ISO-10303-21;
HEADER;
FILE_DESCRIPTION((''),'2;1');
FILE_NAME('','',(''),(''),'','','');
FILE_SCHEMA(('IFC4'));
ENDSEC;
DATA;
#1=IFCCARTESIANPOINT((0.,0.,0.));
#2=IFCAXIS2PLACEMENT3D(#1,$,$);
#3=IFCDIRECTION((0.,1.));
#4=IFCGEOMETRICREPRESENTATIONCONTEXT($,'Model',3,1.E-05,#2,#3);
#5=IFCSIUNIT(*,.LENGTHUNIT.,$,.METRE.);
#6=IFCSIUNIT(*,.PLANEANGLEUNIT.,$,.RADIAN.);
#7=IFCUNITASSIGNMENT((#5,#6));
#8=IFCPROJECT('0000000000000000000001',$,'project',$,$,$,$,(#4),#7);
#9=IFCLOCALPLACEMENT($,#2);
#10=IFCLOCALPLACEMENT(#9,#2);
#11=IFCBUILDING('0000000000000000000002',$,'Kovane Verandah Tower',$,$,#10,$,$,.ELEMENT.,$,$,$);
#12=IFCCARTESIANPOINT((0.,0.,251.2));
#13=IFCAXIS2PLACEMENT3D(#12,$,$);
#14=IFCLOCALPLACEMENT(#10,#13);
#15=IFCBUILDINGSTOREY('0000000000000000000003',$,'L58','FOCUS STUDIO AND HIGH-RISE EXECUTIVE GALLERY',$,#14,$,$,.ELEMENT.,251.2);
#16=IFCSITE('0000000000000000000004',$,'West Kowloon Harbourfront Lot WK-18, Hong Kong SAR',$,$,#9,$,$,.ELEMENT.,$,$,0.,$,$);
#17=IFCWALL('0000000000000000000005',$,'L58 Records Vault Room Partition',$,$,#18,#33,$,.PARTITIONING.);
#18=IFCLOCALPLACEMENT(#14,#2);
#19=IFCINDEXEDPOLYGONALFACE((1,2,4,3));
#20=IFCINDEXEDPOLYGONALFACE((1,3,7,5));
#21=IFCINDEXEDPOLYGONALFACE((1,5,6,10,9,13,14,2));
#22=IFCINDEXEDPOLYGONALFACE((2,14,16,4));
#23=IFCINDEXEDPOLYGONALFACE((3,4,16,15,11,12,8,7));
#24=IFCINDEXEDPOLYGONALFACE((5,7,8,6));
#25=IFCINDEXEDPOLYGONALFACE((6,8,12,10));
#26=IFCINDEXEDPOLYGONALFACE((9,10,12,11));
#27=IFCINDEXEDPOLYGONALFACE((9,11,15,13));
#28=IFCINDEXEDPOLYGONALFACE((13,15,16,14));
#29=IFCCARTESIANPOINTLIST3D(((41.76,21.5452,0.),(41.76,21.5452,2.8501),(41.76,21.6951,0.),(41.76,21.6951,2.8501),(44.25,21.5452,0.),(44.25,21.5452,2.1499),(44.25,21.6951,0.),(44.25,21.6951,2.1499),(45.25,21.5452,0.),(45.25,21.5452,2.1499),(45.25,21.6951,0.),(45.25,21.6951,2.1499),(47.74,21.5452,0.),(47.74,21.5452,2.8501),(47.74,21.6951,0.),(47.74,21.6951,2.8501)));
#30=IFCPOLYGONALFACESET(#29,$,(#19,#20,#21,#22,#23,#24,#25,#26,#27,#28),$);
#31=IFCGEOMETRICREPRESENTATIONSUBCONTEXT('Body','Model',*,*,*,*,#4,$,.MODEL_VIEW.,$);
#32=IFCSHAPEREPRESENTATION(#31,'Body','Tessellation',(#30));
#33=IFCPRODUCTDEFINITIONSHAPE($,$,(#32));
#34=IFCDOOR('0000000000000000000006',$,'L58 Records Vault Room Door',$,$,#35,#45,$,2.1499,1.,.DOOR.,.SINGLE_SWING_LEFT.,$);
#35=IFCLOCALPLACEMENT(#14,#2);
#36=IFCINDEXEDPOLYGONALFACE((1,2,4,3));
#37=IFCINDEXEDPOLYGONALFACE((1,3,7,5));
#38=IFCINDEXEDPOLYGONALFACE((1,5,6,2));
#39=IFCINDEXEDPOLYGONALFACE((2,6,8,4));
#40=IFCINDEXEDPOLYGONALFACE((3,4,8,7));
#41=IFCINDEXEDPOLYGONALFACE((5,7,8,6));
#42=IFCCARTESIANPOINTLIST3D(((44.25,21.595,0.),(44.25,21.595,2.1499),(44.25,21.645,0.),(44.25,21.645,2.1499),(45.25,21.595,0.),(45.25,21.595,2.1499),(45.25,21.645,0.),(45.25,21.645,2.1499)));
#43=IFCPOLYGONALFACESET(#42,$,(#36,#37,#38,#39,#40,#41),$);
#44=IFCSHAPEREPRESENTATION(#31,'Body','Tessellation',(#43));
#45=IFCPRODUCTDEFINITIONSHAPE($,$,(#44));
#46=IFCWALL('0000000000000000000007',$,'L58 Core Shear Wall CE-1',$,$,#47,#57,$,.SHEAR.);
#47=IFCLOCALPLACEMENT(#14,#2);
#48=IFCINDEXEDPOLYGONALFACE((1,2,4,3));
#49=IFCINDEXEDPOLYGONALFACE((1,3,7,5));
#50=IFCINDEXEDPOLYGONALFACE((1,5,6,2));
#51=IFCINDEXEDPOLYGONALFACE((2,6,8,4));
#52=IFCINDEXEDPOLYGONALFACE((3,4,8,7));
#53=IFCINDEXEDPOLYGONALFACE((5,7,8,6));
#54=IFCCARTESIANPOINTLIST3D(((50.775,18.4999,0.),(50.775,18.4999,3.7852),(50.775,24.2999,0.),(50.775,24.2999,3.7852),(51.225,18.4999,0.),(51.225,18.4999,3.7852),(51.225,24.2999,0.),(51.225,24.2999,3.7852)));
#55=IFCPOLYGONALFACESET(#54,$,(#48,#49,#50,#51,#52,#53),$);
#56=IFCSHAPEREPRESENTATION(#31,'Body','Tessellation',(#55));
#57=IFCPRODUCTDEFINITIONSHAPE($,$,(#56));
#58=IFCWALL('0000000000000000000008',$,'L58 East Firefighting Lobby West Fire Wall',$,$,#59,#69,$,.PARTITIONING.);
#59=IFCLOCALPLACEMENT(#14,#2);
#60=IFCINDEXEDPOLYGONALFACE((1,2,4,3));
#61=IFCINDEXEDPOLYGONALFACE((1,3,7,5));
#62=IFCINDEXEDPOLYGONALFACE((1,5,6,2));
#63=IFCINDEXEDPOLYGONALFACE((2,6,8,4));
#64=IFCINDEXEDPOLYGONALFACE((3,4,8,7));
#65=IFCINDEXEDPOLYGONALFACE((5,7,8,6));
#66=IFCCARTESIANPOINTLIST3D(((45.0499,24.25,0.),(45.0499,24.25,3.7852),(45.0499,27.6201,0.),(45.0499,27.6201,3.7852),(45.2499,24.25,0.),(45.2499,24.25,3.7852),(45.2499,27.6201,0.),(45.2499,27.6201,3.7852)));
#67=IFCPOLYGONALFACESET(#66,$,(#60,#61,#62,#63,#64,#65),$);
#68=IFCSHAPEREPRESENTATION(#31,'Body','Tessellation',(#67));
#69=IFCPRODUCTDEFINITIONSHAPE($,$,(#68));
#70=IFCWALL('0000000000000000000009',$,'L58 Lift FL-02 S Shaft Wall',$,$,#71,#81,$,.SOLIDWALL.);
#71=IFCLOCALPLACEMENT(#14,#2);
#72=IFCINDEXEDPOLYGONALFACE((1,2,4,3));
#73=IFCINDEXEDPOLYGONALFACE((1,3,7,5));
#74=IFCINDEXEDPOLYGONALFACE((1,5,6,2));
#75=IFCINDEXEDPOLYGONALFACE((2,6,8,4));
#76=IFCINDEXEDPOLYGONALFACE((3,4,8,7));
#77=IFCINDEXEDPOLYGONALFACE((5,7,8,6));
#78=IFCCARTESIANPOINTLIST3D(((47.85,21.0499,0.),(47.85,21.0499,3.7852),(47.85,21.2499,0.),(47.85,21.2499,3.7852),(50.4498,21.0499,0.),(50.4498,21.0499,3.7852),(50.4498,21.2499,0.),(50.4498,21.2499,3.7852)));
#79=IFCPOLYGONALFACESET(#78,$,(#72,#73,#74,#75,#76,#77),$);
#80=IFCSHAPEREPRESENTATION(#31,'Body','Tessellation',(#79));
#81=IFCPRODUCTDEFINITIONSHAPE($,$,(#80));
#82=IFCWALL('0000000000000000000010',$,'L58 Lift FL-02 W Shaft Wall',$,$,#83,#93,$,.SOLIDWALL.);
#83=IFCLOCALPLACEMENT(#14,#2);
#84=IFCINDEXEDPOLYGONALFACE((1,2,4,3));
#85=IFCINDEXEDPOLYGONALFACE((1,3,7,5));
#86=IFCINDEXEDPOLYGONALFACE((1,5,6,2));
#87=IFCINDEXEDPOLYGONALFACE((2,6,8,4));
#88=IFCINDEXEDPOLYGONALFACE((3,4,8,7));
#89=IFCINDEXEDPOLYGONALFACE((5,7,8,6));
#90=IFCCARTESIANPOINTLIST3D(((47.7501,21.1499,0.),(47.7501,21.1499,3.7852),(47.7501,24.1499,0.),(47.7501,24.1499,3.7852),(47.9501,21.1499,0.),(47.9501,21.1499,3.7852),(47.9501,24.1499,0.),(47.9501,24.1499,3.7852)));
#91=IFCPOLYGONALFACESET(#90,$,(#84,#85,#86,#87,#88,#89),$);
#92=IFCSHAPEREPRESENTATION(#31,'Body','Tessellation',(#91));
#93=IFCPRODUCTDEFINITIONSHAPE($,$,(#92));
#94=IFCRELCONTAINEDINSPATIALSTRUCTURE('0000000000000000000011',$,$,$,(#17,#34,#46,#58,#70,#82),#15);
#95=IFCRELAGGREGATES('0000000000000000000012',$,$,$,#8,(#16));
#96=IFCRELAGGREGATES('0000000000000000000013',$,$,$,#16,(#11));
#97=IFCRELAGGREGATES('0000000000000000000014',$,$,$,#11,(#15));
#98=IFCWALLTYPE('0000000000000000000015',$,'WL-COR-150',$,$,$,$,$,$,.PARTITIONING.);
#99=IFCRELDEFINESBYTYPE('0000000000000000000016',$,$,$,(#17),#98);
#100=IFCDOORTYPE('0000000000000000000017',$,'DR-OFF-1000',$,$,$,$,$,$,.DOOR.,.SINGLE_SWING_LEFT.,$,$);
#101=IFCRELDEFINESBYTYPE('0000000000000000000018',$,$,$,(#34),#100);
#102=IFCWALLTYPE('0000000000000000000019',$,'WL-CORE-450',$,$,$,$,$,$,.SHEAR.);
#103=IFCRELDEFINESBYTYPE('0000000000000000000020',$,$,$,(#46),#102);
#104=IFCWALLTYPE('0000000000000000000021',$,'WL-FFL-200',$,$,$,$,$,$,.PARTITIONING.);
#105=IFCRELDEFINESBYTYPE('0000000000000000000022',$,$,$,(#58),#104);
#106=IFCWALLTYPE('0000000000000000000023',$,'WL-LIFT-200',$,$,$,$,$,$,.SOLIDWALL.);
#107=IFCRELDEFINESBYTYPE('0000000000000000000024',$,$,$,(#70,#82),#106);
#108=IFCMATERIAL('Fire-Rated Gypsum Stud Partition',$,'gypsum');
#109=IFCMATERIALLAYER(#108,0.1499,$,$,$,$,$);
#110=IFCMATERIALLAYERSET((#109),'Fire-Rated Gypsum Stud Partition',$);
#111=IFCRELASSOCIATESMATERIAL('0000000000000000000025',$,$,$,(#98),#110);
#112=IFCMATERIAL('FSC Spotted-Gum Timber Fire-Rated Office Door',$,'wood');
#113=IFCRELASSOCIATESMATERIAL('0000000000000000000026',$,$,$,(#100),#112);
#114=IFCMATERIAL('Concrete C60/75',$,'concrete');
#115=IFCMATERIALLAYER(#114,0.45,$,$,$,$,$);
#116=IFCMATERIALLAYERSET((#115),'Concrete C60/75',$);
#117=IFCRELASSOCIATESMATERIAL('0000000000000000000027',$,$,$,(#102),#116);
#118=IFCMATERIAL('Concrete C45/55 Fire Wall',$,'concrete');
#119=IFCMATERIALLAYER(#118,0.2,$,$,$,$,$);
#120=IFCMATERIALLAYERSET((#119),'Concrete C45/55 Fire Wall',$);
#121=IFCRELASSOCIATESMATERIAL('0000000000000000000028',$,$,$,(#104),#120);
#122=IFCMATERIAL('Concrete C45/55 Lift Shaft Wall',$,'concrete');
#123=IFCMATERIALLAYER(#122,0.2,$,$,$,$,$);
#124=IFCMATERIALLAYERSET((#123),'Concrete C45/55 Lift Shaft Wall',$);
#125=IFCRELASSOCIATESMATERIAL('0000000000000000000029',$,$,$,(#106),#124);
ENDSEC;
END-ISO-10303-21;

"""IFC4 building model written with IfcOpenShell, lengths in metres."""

from ifc_helpers import new_model, si_unit, direction, frame, frame_2d, origin, place, context, subcontext, project, spatial, rectangle, extrude, material, layer, layer_set, type_object, element, fill, save


model = new_model("IFC4")

# Units and contexts
model_context = context("Model", 3, precision=1e-05, world=origin(), true_north=direction((0.0, 1.0)))
body_context = subcontext(model_context, "Body", "Model", "MODEL_VIEW")
ifc_project = project(units=[si_unit("LENGTHUNIT", "METRE"), si_unit("PLANEANGLEUNIT", "RADIAN")], contexts=[model_context])

# Site, building, storey
site_placement = place(None, origin())
site = spatial("IfcSite", under=ifc_project, at=site_placement, Name="West Kowloon Harbourfront Lot WK-18, Hong Kong SAR", CompositionType="ELEMENT", RefElevation=0.0)
building_placement = place(site_placement, origin())
building = spatial("IfcBuilding", under=site, at=building_placement, Name="Kovane Verandah Tower", CompositionType="ELEMENT")
storey_placement = place(building_placement, frame((0.0, 0.0, 251.2)))
storey = spatial("IfcBuildingStorey", under=building, at=storey_placement, Name="L58", Description="FOCUS STUDIO AND HIGH-RISE EXECUTIVE GALLERY", CompositionType="ELEMENT", Elevation=251.2)

# Shared definitions
ifc_material_1 = material(Name="Concrete C60/75", Category="concrete")

# Shared definitions
ifc_material_2 = material(Name="Fire-Rated Gypsum Stud Partition", Category="gypsum")
ifc_layer_1 = layer(ifc_material_2, 0.1499)
ifc_layer_set_1 = layer_set([ifc_layer_1], Name="Fire-Rated Gypsum Stud Partition")
wall_type_1 = type_object("IfcWallType", Name="WL-COR-150", PredefinedType="PARTITIONING", material=ifc_layer_set_1)

# Wall, opening, door
wall_1_placement = place(storey_placement, frame((41.76, 21.6201, 0.0), z_axis=(0.0, 0.0, 1.0), x_axis=(1.0, 0.0, 0.0)))
wall_1 = element("IfcWall", 1, at=wall_1_placement, inside=storey, type_object=wall_type_1, Name="L58 Records Vault Room Partition", PredefinedType="PARTITIONING", context=body_context, shape_type="SweptSolid", body=[
    extrude(rectangle(XDim=5.98, YDim=0.1499, at=frame_2d((2.99, 0.0))), origin(), (0.0, 0.0, 1.0), 2.8501),
])
opening_1_placement = place(wall_1_placement, frame((2.49, 0.0, 0.0)))
opening_1 = element("IfcOpeningElement", 2, at=opening_1_placement, cuts=wall_1, PredefinedType="OPENING", context=body_context, shape_type="SweptSolid", body=[
    extrude(rectangle(XDim=1.0, YDim=2.1499, at=frame_2d((0.5, 1.075))), frame((0.0, 0.075, 0.0), z_axis=(0.0, -1.0, 0.0), x_axis=(1.0, 0.0, 0.0)), (0.0, 0.0, 1.0), 0.1499),
])
ifc_material_3 = material(Name="FSC Spotted-Gum Timber Fire-Rated Office Door", Category="wood")
door_type_1 = type_object("IfcDoorType", Name="DR-OFF-1000", OperationType="SINGLE_SWING_LEFT", PredefinedType="DOOR", material=ifc_material_3)
door_1_placement = place(opening_1_placement, origin())
door_1 = element("IfcDoor", 3, at=door_1_placement, inside=storey, type_object=door_type_1, Name="L58 Records Vault Room Door", OperationType="SINGLE_SWING_LEFT", OverallHeight=2.1499, OverallWidth=1.0, PredefinedType="DOOR", context=body_context, shape_type="SweptSolid", body=[
    extrude(rectangle(XDim=1.0, YDim=2.1499, at=frame_2d((0.5, 1.075))), frame((0.0, 0.0249, 0.0), z_axis=(0.0, -1.0, 0.0), x_axis=(1.0, 0.0, 0.0)), (0.0, 0.0, 1.0), 0.05),
])
fill(opening_1, door_1)

# Walls
ifc_layer_2 = layer(ifc_material_1, 0.45)
ifc_layer_set_2 = layer_set([ifc_layer_2], Name="Concrete C60/75")
wall_type_2 = type_object("IfcWallType", Name="WL-CORE-450", PredefinedType="SHEAR", material=ifc_layer_set_2)
wall_2_placement = place(storey_placement, frame((51.0, 18.5, 0.0), z_axis=(0.0, 0.0, 1.0), x_axis=(0.0, 1.0, 0.0)))
element("IfcWall", 4, at=wall_2_placement, inside=storey, type_object=wall_type_2, Name="L58 Core Shear Wall CE-1", PredefinedType="SHEAR", context=body_context, shape_type="SweptSolid", body=[
    extrude(rectangle(XDim=5.8, YDim=0.45, at=frame_2d((2.8999, 0.0))), origin(), (0.0, 0.0, 1.0), 3.7852),
])
ifc_material_4 = material(Name="Concrete C45/55 Fire Wall", Category="concrete")
ifc_layer_3 = layer(ifc_material_4, 0.2)
ifc_layer_set_3 = layer_set([ifc_layer_3], Name="Concrete C45/55 Fire Wall")
wall_type_3 = type_object("IfcWallType", Name="WL-FFL-200", PredefinedType="PARTITIONING", material=ifc_layer_set_3)
wall_3_placement = place(storey_placement, frame((45.1499, 24.25, 0.0), z_axis=(0.0, 0.0, 1.0), x_axis=(0.0, 1.0, 0.0)))
element("IfcWall", 5, at=wall_3_placement, inside=storey, type_object=wall_type_3, Name="L58 East Firefighting Lobby West Fire Wall", PredefinedType="PARTITIONING", context=body_context, shape_type="SweptSolid", body=[
    extrude(rectangle(XDim=3.3701, YDim=0.2, at=frame_2d((1.6851, 0.0))), origin(), (0.0, 0.0, 1.0), 3.7852),
])

# Wall
ifc_material_5 = material(Name="Concrete C45/55 Lift Shaft Wall", Category="concrete")
ifc_layer_4 = layer(ifc_material_5, 0.2)
ifc_layer_set_4 = layer_set([ifc_layer_4], Name="Concrete C45/55 Lift Shaft Wall")
wall_type_4 = type_object("IfcWallType", Name="WL-LIFT-200", PredefinedType="SOLIDWALL", material=ifc_layer_set_4)
wall_4_placement = place(storey_placement, frame((47.8501, 21.1499, 0.0), z_axis=(0.0, 0.0, 1.0), x_axis=(1.0, 0.0, 0.0)))
element("IfcWall", 6, at=wall_4_placement, inside=storey, type_object=wall_type_4, Name="L58 Lift FL-02 S Shaft Wall", PredefinedType="SOLIDWALL", context=body_context, shape_type="SweptSolid", body=[
    extrude(rectangle(XDim=2.5999, YDim=0.2, at=frame_2d((1.2998, 0.0))), origin(), (0.0, 0.0, 1.0), 3.7852),
])

# Wall
wall_5_placement = place(storey_placement, frame((47.8501, 24.1499, 0.0), z_axis=(0.0, 0.0, 1.0), x_axis=(0.0, -1.0, 0.0)))
element("IfcWall", 7, at=wall_5_placement, inside=storey, type_object=wall_type_4, Name="L58 Lift FL-02 W Shaft Wall", PredefinedType="SOLIDWALL", context=body_context, shape_type="SweptSolid", body=[
    extrude(rectangle(XDim=3.0, YDim=0.2, at=frame_2d((1.5, 0.0))), origin(), (0.0, 0.0, 1.0), 3.7852),
])

save(model, "model.ifc")
